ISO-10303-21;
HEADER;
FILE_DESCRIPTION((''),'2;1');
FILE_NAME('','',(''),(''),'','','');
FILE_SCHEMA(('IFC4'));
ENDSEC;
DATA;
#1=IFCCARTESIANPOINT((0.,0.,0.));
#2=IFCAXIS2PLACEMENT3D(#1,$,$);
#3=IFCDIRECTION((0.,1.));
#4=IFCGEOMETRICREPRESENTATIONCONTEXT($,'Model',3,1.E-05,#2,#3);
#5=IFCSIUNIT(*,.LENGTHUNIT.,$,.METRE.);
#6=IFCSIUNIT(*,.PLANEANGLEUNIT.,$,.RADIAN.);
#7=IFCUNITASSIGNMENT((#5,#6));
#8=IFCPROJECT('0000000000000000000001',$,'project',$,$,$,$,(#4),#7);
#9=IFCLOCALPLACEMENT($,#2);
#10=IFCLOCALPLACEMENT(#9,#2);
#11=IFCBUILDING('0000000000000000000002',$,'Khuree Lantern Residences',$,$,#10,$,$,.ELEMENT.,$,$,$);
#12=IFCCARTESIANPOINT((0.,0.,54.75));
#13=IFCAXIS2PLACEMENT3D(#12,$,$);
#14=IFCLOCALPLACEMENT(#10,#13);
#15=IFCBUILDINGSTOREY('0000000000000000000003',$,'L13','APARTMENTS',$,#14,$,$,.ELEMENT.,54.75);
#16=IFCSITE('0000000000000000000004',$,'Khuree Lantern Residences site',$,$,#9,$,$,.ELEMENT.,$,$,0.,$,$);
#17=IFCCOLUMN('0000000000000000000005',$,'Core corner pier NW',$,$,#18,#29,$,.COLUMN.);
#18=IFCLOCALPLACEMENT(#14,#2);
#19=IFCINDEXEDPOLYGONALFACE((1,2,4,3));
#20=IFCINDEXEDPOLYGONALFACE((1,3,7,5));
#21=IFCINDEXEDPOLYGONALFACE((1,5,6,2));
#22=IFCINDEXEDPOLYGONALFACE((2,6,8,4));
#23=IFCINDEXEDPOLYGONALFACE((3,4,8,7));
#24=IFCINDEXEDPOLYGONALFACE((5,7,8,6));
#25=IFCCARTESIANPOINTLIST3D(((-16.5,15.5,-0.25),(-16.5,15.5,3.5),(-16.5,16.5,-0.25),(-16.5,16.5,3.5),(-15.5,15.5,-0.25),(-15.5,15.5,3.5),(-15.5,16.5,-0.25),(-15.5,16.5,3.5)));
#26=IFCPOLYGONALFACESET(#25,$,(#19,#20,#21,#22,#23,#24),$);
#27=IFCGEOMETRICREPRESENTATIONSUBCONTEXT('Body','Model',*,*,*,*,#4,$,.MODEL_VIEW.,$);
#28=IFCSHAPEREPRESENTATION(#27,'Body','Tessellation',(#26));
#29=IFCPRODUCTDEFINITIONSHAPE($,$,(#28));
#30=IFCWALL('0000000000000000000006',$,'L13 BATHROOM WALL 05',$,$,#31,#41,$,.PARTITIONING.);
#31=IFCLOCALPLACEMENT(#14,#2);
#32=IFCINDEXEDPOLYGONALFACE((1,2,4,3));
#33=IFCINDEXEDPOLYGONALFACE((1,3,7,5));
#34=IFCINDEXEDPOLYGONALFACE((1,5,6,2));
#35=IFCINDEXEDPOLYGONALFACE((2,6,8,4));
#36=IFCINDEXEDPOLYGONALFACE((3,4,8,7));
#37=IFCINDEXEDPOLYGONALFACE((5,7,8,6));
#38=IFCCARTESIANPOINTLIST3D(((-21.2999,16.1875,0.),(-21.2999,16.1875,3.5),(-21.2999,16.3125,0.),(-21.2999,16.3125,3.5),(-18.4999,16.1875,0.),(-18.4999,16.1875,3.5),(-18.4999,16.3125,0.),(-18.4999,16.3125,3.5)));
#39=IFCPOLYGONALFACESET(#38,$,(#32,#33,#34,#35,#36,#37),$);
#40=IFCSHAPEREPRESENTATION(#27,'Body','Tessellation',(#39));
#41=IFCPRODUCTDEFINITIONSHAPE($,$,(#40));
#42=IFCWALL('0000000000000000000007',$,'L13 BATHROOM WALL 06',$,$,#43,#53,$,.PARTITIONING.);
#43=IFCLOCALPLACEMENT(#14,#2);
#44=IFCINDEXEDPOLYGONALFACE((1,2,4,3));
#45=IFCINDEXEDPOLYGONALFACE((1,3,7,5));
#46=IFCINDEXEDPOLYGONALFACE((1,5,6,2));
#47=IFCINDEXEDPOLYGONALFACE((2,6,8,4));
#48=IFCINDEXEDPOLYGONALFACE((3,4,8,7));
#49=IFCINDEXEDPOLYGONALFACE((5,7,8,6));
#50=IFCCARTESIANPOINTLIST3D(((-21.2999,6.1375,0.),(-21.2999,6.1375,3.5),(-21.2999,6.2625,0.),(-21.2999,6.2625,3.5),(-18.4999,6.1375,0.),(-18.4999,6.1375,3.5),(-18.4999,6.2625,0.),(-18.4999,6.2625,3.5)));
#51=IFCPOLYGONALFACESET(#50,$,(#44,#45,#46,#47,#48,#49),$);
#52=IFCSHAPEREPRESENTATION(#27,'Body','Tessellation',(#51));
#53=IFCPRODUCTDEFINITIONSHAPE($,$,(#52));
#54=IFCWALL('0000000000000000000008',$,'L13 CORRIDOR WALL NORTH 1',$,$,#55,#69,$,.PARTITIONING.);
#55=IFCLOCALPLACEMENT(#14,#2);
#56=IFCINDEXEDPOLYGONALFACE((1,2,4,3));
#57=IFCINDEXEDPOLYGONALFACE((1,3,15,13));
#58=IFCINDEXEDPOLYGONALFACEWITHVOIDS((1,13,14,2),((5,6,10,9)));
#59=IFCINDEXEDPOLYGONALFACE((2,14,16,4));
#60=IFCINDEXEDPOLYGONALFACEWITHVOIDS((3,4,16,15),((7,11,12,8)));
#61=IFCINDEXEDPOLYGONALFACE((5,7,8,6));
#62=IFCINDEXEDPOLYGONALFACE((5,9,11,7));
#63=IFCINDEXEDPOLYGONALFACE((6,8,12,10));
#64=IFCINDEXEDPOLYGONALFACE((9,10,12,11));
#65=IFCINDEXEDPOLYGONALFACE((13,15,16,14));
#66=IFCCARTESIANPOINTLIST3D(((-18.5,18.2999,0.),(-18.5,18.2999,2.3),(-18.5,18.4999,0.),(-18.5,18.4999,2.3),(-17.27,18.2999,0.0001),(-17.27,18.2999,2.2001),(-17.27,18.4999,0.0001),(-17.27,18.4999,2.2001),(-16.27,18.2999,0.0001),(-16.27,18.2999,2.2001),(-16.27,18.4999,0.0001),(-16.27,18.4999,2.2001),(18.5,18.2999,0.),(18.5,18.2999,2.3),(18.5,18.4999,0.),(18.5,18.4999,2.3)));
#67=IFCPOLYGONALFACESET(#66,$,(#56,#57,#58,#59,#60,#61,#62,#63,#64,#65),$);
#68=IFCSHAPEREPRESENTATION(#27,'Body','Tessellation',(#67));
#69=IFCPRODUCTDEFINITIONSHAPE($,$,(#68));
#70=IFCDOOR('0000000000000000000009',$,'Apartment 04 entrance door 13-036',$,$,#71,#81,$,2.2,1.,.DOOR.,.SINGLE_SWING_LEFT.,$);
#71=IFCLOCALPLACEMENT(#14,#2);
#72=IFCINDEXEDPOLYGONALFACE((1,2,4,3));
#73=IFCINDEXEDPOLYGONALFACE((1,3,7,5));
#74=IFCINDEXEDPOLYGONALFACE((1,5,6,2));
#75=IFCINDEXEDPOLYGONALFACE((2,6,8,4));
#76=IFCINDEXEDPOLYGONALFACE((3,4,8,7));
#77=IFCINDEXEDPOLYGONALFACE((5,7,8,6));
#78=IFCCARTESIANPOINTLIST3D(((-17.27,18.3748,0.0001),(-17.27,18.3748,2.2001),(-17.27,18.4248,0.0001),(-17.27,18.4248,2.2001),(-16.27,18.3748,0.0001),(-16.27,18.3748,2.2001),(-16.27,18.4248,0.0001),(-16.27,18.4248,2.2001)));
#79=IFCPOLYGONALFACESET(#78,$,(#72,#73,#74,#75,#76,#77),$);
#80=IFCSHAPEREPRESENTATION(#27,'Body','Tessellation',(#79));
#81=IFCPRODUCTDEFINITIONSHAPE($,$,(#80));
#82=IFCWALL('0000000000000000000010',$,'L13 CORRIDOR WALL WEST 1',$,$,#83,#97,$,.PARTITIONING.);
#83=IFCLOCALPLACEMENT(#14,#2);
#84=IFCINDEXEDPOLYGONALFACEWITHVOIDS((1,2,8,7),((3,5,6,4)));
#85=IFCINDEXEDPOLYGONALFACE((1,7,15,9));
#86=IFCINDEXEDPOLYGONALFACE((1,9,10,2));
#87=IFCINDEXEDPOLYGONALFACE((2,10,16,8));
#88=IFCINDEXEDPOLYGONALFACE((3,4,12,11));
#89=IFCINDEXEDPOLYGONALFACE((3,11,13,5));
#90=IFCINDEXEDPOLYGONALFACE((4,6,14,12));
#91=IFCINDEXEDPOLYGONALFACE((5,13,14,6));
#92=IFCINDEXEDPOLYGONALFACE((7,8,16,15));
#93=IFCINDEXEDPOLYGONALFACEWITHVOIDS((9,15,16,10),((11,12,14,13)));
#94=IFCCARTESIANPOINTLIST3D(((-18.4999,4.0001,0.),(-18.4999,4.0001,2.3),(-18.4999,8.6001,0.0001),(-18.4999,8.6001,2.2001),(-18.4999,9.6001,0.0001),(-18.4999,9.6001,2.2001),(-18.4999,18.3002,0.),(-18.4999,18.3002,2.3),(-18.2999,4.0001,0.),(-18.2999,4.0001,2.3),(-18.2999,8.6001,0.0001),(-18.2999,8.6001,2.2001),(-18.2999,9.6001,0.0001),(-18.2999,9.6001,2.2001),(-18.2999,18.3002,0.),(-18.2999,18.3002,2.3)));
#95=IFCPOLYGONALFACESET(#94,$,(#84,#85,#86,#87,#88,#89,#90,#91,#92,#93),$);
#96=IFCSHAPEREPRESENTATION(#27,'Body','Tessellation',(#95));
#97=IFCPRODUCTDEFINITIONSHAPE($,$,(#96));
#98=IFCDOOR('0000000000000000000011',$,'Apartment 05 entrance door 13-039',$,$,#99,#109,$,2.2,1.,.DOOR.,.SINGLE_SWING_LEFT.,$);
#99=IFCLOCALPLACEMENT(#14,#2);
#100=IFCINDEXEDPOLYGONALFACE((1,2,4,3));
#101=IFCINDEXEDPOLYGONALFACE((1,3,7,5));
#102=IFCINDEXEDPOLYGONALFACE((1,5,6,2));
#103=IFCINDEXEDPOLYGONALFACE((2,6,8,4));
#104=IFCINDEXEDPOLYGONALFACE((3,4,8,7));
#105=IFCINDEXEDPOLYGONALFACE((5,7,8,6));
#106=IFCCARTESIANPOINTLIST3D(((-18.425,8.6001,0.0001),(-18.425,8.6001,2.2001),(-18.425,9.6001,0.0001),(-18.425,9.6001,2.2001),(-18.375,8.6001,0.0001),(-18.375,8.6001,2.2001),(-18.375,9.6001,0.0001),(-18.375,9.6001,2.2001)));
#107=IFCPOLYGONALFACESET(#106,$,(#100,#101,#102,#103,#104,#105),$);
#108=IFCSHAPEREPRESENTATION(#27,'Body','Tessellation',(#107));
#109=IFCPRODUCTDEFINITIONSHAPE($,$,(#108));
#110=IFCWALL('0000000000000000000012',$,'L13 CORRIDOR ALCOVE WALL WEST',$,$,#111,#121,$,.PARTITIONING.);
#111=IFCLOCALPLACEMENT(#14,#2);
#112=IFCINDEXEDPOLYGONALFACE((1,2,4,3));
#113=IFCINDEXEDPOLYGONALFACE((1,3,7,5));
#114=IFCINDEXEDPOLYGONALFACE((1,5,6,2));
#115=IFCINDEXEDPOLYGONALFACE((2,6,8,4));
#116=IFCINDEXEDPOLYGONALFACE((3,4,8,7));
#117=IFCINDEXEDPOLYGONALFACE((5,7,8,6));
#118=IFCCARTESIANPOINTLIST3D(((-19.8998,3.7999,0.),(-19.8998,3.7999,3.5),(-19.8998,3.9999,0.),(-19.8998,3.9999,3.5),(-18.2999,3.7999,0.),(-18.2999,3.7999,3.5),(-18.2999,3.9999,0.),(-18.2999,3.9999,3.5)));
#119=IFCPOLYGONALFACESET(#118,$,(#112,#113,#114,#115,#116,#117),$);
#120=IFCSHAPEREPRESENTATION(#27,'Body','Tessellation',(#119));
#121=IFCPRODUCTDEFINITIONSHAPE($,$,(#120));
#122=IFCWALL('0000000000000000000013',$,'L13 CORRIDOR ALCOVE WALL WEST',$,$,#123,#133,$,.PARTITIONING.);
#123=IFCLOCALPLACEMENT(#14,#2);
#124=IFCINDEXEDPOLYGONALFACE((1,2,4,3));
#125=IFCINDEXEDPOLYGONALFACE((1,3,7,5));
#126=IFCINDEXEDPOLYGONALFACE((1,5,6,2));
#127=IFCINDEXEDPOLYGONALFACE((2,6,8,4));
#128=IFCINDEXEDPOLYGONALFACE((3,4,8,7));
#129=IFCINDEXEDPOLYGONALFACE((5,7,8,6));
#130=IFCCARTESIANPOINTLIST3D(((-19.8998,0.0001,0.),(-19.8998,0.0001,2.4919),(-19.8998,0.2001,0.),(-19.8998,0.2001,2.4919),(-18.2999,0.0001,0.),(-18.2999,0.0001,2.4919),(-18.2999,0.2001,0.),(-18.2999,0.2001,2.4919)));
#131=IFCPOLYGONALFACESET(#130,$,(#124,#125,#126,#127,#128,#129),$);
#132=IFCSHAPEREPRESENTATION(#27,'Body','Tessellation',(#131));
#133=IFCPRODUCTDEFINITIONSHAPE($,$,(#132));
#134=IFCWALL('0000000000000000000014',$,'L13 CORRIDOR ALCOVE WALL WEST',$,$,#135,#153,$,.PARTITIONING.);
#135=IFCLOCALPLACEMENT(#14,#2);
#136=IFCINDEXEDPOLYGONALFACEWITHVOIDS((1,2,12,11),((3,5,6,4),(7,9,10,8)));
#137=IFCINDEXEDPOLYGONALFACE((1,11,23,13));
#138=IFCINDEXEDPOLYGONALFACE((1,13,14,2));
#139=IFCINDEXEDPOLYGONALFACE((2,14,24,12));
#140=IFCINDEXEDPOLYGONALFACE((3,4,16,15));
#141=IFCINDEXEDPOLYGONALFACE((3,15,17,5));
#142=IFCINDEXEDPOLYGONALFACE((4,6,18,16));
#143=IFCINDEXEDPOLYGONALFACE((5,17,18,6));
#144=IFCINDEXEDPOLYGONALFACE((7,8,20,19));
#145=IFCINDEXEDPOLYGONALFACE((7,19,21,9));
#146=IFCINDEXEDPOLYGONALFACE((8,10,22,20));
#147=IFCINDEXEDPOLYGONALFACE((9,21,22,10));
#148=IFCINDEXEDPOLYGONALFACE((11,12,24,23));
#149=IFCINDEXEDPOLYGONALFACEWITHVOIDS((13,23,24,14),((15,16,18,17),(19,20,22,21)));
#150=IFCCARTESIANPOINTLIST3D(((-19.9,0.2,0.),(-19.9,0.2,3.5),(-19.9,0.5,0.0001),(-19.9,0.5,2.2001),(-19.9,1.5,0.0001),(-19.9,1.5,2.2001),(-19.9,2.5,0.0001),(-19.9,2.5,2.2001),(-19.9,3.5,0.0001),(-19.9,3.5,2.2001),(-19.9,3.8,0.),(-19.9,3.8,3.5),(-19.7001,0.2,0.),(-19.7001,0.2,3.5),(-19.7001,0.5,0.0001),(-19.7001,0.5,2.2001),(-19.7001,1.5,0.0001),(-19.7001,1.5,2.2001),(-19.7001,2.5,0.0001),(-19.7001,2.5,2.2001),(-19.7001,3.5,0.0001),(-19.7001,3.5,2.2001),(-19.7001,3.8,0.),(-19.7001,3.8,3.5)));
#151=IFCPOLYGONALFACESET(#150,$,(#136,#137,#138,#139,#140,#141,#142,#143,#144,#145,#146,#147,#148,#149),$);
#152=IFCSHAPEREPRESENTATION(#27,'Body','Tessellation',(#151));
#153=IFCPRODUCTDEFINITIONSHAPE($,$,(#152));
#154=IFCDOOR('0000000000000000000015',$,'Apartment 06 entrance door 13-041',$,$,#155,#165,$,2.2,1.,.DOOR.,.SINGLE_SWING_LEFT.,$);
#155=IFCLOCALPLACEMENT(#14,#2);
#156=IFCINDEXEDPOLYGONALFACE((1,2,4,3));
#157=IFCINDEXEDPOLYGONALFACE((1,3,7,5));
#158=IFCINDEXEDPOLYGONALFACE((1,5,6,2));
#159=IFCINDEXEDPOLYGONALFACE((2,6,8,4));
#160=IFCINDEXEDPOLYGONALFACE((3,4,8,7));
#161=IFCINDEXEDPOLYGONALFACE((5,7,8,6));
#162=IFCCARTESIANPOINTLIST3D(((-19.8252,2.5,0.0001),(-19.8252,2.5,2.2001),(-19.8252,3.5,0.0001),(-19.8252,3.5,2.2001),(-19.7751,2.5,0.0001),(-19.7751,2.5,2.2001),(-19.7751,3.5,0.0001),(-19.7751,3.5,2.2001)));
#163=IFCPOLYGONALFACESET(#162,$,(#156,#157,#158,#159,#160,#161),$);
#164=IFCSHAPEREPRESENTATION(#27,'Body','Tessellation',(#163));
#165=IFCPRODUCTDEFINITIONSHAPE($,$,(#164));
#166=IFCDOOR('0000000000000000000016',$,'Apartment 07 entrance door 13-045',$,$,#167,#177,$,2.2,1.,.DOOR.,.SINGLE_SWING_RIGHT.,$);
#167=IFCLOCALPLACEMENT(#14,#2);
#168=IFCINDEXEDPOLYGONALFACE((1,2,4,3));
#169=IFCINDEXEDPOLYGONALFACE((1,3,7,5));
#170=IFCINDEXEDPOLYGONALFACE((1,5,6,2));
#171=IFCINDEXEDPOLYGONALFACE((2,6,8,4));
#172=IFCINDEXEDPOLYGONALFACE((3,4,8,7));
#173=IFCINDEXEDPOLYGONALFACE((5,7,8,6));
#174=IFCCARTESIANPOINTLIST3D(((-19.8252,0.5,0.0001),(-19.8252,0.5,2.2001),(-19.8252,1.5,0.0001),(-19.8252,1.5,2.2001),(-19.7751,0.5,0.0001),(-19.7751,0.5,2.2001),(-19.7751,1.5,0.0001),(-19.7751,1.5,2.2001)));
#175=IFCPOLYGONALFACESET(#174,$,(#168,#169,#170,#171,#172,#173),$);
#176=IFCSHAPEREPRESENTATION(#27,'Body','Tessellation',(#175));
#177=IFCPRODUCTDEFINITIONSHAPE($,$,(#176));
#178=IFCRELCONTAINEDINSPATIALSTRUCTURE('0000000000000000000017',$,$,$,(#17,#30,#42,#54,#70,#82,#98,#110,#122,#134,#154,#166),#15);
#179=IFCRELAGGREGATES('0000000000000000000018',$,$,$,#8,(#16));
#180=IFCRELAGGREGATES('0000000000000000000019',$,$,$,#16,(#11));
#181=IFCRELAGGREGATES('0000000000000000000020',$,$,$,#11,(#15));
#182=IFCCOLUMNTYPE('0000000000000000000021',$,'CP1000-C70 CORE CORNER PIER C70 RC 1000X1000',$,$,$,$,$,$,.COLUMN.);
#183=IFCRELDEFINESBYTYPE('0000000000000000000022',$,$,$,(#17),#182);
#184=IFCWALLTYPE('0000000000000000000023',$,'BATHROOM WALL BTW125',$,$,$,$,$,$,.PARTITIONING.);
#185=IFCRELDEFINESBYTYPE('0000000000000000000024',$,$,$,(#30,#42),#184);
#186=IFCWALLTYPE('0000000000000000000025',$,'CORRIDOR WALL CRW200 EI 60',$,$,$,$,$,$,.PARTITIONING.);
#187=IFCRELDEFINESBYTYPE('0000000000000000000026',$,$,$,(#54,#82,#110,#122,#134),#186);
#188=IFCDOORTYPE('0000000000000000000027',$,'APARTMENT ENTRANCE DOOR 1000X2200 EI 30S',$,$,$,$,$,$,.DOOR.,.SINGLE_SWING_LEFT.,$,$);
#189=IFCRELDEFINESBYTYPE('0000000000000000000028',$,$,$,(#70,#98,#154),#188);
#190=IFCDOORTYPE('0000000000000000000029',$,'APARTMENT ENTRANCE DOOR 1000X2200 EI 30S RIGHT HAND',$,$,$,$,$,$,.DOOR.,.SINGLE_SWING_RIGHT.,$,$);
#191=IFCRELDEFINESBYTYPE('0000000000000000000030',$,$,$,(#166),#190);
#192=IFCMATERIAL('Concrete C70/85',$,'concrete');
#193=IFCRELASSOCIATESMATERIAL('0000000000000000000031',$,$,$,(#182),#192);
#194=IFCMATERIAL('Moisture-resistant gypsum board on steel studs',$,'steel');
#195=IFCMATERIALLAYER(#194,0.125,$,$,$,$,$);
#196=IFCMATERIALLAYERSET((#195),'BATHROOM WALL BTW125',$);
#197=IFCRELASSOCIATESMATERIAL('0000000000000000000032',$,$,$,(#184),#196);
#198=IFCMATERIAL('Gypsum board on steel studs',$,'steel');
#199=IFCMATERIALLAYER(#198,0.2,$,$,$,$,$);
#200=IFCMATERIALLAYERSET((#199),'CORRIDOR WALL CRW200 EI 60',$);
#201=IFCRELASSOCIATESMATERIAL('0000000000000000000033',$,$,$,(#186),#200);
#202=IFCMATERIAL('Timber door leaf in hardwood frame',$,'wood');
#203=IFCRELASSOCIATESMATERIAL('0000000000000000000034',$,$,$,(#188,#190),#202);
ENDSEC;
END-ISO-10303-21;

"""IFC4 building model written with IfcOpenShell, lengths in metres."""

from ifc_helpers import new_model, si_unit, direction, frame, frame_2d, origin, origin_2d, place, context, subcontext, project, spatial, rectangle, extrude, material, layer, layer_set, material_profile, profile_set, type_object, element, fill, save


model = new_model("IFC4")

# Units and contexts
model_context = context("Model", 3, precision=1e-05, world=origin(), true_north=direction((0.0, 1.0)))
body_context = subcontext(model_context, "Body", "Model", "MODEL_VIEW")
ifc_project = project(units=[si_unit("LENGTHUNIT", "METRE"), si_unit("PLANEANGLEUNIT", "RADIAN")], contexts=[model_context])

# Site, building, storey
site_placement = place(None, origin())
site = spatial("IfcSite", under=ifc_project, at=site_placement, Name="Khuree Lantern Residences site", CompositionType="ELEMENT", RefElevation=0.0)
building_placement = place(site_placement, origin())
building = spatial("IfcBuilding", under=site, at=building_placement, Name="Khuree Lantern Residences", CompositionType="ELEMENT")
storey_placement = place(building_placement, frame((0.0, 0.0, 54.75)))
storey = spatial("IfcBuildingStorey", under=building, at=storey_placement, Name="L13", Description="APARTMENTS", CompositionType="ELEMENT", Elevation=54.75)

# Column
ifc_material_1 = material(Name="Concrete C70/85", Category="concrete")
ifc_material_profile = material_profile(ifc_material_1, rectangle(XDim=1.0, YDim=1.0, at=origin_2d()), Name="RC 1000X1000")
ifc_profile_set = profile_set([ifc_material_profile], Name="Concrete C70/85")
column_type = type_object("IfcColumnType", Name="CP1000-C70 CORE CORNER PIER C70 RC 1000X1000", PredefinedType="COLUMN", material=ifc_profile_set)
column_placement = place(storey_placement, frame((-16.0, 16.0, -0.25), z_axis=(0.0, 0.0, 1.0), x_axis=(1.0, 0.0, 0.0)))
element("IfcColumn", 1, at=column_placement, inside=storey, type_object=column_type, Name="Core corner pier NW", PredefinedType="COLUMN", context=body_context, shape_type="SweptSolid", body=[
    extrude(rectangle(XDim=1.0, YDim=1.0, at=origin_2d()), origin(), (0.0, 0.0, 1.0), 3.75),
])

# Walls
ifc_material_2 = material(Name="Moisture-resistant gypsum board on steel studs", Category="steel")
ifc_layer_1 = layer(ifc_material_2, 0.125)
ifc_layer_set_1 = layer_set([ifc_layer_1], Name="BATHROOM WALL BTW125")
wall_type_1 = type_object("IfcWallType", Name="BATHROOM WALL BTW125", PredefinedType="PARTITIONING", material=ifc_layer_set_1)
for number, where, z_axis, x_axis, name in (
    (2, (-18.5, 16.25, 0.0), (0.0, 0.0, 1.0), (-1.0, 0.0, 0.0), "L13 BATHROOM WALL 05"),
    (3, (-18.5, 6.2, 0.0), (0.0, 0.0, 1.0), (-1.0, 0.0, 0.0), "L13 BATHROOM WALL 06"),
):
    element("IfcWall", number, at=place(storey_placement, frame(where, z_axis=z_axis, x_axis=x_axis)), inside=storey, type_object=wall_type_1, Name=name, PredefinedType="PARTITIONING", context=body_context, shape_type="SweptSolid", body=[
        extrude(rectangle(XDim=2.8, YDim=0.125, at=frame_2d((1.3999, 0.0))), origin(), (0.0, 0.0, 1.0), 3.5),
    ])

# Walls, openings, doors
ifc_material_3 = material(Name="Gypsum board on steel studs", Category="steel")
ifc_layer_2 = layer(ifc_material_3, 0.2)
ifc_layer_set_2 = layer_set([ifc_layer_2], Name="CORRIDOR WALL CRW200 EI 60")
wall_type_2 = type_object("IfcWallType", Name="CORRIDOR WALL CRW200 EI 60", PredefinedType="PARTITIONING", material=ifc_layer_set_2)
wall_1_placement = place(storey_placement, frame((-18.5, 18.3999, 0.0), z_axis=(0.0, 0.0, 1.0), x_axis=(1.0, 0.0, 0.0)))
wall_1 = element("IfcWall", 4, at=wall_1_placement, inside=storey, type_object=wall_type_2, Name="L13 CORRIDOR WALL NORTH 1", PredefinedType="PARTITIONING", context=body_context, shape_type="SweptSolid", body=[
    extrude(rectangle(XDim=37.0, YDim=0.2, at=frame_2d((18.5, 0.0))), origin(), (0.0, 0.0, 1.0), 2.3),
])
opening_1_placement = place(wall_1_placement, frame((1.23, 0.0, 0.0)))
opening_1 = element("IfcOpeningElement", 5, at=opening_1_placement, cuts=wall_1, PredefinedType="OPENING", context=body_context, shape_type="SweptSolid", body=[
    extrude(rectangle(XDim=1.0, YDim=2.2, at=frame_2d((0.5, 1.1001))), frame((0.0, 0.1099, 0.0), z_axis=(0.0, -1.0, 0.0), x_axis=(1.0, 0.0, 0.0)), (0.0, 0.0, 1.0), 0.22),
])
ifc_material_4 = material(Name="Timber door leaf in hardwood frame", Category="wood")
door_type_1 = type_object("IfcDoorType", Name="APARTMENT ENTRANCE DOOR 1000X2200 EI 30S", OperationType="SINGLE_SWING_LEFT", PredefinedType="DOOR", material=ifc_material_4)
door_1_placement = place(opening_1_placement, origin())
door_1 = element("IfcDoor", 6, at=door_1_placement, inside=storey, type_object=door_type_1, Name="Apartment 04 entrance door 13-036", OperationType="SINGLE_SWING_LEFT", OverallHeight=2.2, OverallWidth=1.0, PredefinedType="DOOR", context=body_context, shape_type="SweptSolid", body=[
    extrude(rectangle(XDim=1.0, YDim=2.2, at=frame_2d((0.5, 1.1001))), frame((0.0, 0.0249, 0.0), z_axis=(0.0, -1.0, 0.0), x_axis=(1.0, 0.0, 0.0)), (0.0, 0.0, 1.0), 0.05),
])
fill(opening_1, door_1)
wall_2_placement = place(storey_placement, frame((-18.3999, 18.3, 0.0), z_axis=(0.0, 0.0, 1.0), x_axis=(0.0, -1.0, 0.0)))
wall_2 = element("IfcWall", 7, at=wall_2_placement, inside=storey, type_object=wall_type_2, Name="L13 CORRIDOR WALL WEST 1", PredefinedType="PARTITIONING", context=body_context, shape_type="SweptSolid", body=[
    extrude(rectangle(XDim=14.3, YDim=0.2, at=frame_2d((7.1499, 0.0))), origin(), (0.0, 0.0, 1.0), 2.3),
])
opening_2_placement = place(wall_2_placement, frame((8.7, 0.0, 0.0)))
opening_2 = element("IfcOpeningElement", 8, at=opening_2_placement, cuts=wall_2, PredefinedType="OPENING", context=body_context, shape_type="SweptSolid", body=[
    extrude(rectangle(XDim=1.0, YDim=2.2, at=frame_2d((0.5, 1.1001))), frame((0.0, 0.1099, 0.0), z_axis=(0.0, -1.0, 0.0), x_axis=(1.0, 0.0, 0.0)), (0.0, 0.0, 1.0), 0.22),
])
door_2_placement = place(opening_2_placement, origin())
door_2 = element("IfcDoor", 9, at=door_2_placement, inside=storey, type_object=door_type_1, Name="Apartment 05 entrance door 13-039", OperationType="SINGLE_SWING_LEFT", OverallHeight=2.2, OverallWidth=1.0, PredefinedType="DOOR", context=body_context, shape_type="SweptSolid", body=[
    extrude(rectangle(XDim=1.0, YDim=2.2, at=frame_2d((0.5, 1.1001))), frame((0.0, 0.0249, 0.0), z_axis=(0.0, -1.0, 0.0), x_axis=(1.0, 0.0, 0.0)), (0.0, 0.0, 1.0), 0.05),
])
fill(opening_2, door_2)

# Walls
wall_3_placement = place(storey_placement, frame((-18.3, 3.8999, 0.0), z_axis=(0.0, 0.0, 1.0), x_axis=(-1.0, 0.0, 0.0)))
element("IfcWall", 10, at=wall_3_placement, inside=storey, type_object=wall_type_2, Name="L13 CORRIDOR ALCOVE WALL WEST", PredefinedType="PARTITIONING", context=body_context, shape_type="SweptSolid", body=[
    extrude(rectangle(XDim=1.5999, YDim=0.2, at=frame_2d((0.7998, 0.0))), origin(), (0.0, 0.0, 1.0), 3.5),
])
wall_4_placement = place(storey_placement, frame((-18.3, 0.1001, 0.0), z_axis=(0.0, 0.0, 1.0), x_axis=(-1.0, 0.0, 0.0)))
element("IfcWall", 11, at=wall_4_placement, inside=storey, type_object=wall_type_2, Name="L13 CORRIDOR ALCOVE WALL WEST", PredefinedType="PARTITIONING", context=body_context, shape_type="SweptSolid", body=[
    extrude(rectangle(XDim=1.5999, YDim=0.2, at=frame_2d((0.7998, 0.0))), origin(), (0.0, 0.0, 1.0), 2.4919),
])

# Wall, openings, doors
wall_5_placement = place(storey_placement, frame((-19.8, 3.8, 0.0), z_axis=(0.0, 0.0, 1.0), x_axis=(0.0, -1.0, 0.0)))
wall_5 = element("IfcWall", 12, at=wall_5_placement, inside=storey, type_object=wall_type_2, Name="L13 CORRIDOR ALCOVE WALL WEST", PredefinedType="PARTITIONING", context=body_context, shape_type="SweptSolid", body=[
    extrude(rectangle(XDim=3.6001, YDim=0.2, at=frame_2d((1.8, 0.0))), origin(), (0.0, 0.0, 1.0), 3.5),
])
opening_3_placement = place(wall_5_placement, frame((0.3, 0.0, 0.0)))
opening_3 = element("IfcOpeningElement", 13, at=opening_3_placement, cuts=wall_5, PredefinedType="OPENING", context=body_context, shape_type="SweptSolid", body=[
    extrude(rectangle(XDim=1.0, YDim=2.2, at=frame_2d((0.5, 1.1001))), frame((0.0, 0.1099, 0.0), z_axis=(0.0, -1.0, 0.0), x_axis=(1.0, 0.0, 0.0)), (0.0, 0.0, 1.0), 0.22),
])
opening_4_placement = place(wall_5_placement, frame((2.3, 0.0, 0.0)))
opening_4 = element("IfcOpeningElement", 14, at=opening_4_placement, cuts=wall_5, PredefinedType="OPENING", context=body_context, shape_type="SweptSolid", body=[
    extrude(rectangle(XDim=1.0, YDim=2.2, at=frame_2d((0.5, 1.1001))), frame((0.0, 0.1099, 0.0), z_axis=(0.0, -1.0, 0.0), x_axis=(1.0, 0.0, 0.0)), (0.0, 0.0, 1.0), 0.22),
])
door_3_placement = place(opening_3_placement, origin())
door_3 = element("IfcDoor", 15, at=door_3_placement, inside=storey, type_object=door_type_1, Name="Apartment 06 entrance door 13-041", OperationType="SINGLE_SWING_LEFT", OverallHeight=2.2, OverallWidth=1.0, PredefinedType="DOOR", context=body_context, shape_type="SweptSolid", body=[
    extrude(rectangle(XDim=1.0, YDim=2.2, at=frame_2d((0.5, 1.1001))), frame((0.0, 0.0249, 0.0), z_axis=(0.0, -1.0, 0.0), x_axis=(1.0, 0.0, 0.0)), (0.0, 0.0, 1.0), 0.05),
])
fill(opening_3, door_3)
door_type_2 = type_object("IfcDoorType", Name="APARTMENT ENTRANCE DOOR 1000X2200 EI 30S RIGHT HAND", OperationType="SINGLE_SWING_RIGHT", PredefinedType="DOOR", material=ifc_material_4)
door_4_placement = place(opening_4_placement, origin())
door_4 = element("IfcDoor", 16, at=door_4_placement, inside=storey, type_object=door_type_2, Name="Apartment 07 entrance door 13-045", OperationType="SINGLE_SWING_RIGHT", OverallHeight=2.2, OverallWidth=1.0, PredefinedType="DOOR", context=body_context, shape_type="SweptSolid", body=[
    extrude(rectangle(XDim=1.0, YDim=2.2, at=frame_2d((0.5, 1.1001))), frame((0.0, 0.0249, 0.0), z_axis=(0.0, -1.0, 0.0), x_axis=(1.0, 0.0, 0.0)), (0.0, 0.0, 1.0), 0.05),
])
fill(opening_4, door_4)

save(model, "model.ifc")
